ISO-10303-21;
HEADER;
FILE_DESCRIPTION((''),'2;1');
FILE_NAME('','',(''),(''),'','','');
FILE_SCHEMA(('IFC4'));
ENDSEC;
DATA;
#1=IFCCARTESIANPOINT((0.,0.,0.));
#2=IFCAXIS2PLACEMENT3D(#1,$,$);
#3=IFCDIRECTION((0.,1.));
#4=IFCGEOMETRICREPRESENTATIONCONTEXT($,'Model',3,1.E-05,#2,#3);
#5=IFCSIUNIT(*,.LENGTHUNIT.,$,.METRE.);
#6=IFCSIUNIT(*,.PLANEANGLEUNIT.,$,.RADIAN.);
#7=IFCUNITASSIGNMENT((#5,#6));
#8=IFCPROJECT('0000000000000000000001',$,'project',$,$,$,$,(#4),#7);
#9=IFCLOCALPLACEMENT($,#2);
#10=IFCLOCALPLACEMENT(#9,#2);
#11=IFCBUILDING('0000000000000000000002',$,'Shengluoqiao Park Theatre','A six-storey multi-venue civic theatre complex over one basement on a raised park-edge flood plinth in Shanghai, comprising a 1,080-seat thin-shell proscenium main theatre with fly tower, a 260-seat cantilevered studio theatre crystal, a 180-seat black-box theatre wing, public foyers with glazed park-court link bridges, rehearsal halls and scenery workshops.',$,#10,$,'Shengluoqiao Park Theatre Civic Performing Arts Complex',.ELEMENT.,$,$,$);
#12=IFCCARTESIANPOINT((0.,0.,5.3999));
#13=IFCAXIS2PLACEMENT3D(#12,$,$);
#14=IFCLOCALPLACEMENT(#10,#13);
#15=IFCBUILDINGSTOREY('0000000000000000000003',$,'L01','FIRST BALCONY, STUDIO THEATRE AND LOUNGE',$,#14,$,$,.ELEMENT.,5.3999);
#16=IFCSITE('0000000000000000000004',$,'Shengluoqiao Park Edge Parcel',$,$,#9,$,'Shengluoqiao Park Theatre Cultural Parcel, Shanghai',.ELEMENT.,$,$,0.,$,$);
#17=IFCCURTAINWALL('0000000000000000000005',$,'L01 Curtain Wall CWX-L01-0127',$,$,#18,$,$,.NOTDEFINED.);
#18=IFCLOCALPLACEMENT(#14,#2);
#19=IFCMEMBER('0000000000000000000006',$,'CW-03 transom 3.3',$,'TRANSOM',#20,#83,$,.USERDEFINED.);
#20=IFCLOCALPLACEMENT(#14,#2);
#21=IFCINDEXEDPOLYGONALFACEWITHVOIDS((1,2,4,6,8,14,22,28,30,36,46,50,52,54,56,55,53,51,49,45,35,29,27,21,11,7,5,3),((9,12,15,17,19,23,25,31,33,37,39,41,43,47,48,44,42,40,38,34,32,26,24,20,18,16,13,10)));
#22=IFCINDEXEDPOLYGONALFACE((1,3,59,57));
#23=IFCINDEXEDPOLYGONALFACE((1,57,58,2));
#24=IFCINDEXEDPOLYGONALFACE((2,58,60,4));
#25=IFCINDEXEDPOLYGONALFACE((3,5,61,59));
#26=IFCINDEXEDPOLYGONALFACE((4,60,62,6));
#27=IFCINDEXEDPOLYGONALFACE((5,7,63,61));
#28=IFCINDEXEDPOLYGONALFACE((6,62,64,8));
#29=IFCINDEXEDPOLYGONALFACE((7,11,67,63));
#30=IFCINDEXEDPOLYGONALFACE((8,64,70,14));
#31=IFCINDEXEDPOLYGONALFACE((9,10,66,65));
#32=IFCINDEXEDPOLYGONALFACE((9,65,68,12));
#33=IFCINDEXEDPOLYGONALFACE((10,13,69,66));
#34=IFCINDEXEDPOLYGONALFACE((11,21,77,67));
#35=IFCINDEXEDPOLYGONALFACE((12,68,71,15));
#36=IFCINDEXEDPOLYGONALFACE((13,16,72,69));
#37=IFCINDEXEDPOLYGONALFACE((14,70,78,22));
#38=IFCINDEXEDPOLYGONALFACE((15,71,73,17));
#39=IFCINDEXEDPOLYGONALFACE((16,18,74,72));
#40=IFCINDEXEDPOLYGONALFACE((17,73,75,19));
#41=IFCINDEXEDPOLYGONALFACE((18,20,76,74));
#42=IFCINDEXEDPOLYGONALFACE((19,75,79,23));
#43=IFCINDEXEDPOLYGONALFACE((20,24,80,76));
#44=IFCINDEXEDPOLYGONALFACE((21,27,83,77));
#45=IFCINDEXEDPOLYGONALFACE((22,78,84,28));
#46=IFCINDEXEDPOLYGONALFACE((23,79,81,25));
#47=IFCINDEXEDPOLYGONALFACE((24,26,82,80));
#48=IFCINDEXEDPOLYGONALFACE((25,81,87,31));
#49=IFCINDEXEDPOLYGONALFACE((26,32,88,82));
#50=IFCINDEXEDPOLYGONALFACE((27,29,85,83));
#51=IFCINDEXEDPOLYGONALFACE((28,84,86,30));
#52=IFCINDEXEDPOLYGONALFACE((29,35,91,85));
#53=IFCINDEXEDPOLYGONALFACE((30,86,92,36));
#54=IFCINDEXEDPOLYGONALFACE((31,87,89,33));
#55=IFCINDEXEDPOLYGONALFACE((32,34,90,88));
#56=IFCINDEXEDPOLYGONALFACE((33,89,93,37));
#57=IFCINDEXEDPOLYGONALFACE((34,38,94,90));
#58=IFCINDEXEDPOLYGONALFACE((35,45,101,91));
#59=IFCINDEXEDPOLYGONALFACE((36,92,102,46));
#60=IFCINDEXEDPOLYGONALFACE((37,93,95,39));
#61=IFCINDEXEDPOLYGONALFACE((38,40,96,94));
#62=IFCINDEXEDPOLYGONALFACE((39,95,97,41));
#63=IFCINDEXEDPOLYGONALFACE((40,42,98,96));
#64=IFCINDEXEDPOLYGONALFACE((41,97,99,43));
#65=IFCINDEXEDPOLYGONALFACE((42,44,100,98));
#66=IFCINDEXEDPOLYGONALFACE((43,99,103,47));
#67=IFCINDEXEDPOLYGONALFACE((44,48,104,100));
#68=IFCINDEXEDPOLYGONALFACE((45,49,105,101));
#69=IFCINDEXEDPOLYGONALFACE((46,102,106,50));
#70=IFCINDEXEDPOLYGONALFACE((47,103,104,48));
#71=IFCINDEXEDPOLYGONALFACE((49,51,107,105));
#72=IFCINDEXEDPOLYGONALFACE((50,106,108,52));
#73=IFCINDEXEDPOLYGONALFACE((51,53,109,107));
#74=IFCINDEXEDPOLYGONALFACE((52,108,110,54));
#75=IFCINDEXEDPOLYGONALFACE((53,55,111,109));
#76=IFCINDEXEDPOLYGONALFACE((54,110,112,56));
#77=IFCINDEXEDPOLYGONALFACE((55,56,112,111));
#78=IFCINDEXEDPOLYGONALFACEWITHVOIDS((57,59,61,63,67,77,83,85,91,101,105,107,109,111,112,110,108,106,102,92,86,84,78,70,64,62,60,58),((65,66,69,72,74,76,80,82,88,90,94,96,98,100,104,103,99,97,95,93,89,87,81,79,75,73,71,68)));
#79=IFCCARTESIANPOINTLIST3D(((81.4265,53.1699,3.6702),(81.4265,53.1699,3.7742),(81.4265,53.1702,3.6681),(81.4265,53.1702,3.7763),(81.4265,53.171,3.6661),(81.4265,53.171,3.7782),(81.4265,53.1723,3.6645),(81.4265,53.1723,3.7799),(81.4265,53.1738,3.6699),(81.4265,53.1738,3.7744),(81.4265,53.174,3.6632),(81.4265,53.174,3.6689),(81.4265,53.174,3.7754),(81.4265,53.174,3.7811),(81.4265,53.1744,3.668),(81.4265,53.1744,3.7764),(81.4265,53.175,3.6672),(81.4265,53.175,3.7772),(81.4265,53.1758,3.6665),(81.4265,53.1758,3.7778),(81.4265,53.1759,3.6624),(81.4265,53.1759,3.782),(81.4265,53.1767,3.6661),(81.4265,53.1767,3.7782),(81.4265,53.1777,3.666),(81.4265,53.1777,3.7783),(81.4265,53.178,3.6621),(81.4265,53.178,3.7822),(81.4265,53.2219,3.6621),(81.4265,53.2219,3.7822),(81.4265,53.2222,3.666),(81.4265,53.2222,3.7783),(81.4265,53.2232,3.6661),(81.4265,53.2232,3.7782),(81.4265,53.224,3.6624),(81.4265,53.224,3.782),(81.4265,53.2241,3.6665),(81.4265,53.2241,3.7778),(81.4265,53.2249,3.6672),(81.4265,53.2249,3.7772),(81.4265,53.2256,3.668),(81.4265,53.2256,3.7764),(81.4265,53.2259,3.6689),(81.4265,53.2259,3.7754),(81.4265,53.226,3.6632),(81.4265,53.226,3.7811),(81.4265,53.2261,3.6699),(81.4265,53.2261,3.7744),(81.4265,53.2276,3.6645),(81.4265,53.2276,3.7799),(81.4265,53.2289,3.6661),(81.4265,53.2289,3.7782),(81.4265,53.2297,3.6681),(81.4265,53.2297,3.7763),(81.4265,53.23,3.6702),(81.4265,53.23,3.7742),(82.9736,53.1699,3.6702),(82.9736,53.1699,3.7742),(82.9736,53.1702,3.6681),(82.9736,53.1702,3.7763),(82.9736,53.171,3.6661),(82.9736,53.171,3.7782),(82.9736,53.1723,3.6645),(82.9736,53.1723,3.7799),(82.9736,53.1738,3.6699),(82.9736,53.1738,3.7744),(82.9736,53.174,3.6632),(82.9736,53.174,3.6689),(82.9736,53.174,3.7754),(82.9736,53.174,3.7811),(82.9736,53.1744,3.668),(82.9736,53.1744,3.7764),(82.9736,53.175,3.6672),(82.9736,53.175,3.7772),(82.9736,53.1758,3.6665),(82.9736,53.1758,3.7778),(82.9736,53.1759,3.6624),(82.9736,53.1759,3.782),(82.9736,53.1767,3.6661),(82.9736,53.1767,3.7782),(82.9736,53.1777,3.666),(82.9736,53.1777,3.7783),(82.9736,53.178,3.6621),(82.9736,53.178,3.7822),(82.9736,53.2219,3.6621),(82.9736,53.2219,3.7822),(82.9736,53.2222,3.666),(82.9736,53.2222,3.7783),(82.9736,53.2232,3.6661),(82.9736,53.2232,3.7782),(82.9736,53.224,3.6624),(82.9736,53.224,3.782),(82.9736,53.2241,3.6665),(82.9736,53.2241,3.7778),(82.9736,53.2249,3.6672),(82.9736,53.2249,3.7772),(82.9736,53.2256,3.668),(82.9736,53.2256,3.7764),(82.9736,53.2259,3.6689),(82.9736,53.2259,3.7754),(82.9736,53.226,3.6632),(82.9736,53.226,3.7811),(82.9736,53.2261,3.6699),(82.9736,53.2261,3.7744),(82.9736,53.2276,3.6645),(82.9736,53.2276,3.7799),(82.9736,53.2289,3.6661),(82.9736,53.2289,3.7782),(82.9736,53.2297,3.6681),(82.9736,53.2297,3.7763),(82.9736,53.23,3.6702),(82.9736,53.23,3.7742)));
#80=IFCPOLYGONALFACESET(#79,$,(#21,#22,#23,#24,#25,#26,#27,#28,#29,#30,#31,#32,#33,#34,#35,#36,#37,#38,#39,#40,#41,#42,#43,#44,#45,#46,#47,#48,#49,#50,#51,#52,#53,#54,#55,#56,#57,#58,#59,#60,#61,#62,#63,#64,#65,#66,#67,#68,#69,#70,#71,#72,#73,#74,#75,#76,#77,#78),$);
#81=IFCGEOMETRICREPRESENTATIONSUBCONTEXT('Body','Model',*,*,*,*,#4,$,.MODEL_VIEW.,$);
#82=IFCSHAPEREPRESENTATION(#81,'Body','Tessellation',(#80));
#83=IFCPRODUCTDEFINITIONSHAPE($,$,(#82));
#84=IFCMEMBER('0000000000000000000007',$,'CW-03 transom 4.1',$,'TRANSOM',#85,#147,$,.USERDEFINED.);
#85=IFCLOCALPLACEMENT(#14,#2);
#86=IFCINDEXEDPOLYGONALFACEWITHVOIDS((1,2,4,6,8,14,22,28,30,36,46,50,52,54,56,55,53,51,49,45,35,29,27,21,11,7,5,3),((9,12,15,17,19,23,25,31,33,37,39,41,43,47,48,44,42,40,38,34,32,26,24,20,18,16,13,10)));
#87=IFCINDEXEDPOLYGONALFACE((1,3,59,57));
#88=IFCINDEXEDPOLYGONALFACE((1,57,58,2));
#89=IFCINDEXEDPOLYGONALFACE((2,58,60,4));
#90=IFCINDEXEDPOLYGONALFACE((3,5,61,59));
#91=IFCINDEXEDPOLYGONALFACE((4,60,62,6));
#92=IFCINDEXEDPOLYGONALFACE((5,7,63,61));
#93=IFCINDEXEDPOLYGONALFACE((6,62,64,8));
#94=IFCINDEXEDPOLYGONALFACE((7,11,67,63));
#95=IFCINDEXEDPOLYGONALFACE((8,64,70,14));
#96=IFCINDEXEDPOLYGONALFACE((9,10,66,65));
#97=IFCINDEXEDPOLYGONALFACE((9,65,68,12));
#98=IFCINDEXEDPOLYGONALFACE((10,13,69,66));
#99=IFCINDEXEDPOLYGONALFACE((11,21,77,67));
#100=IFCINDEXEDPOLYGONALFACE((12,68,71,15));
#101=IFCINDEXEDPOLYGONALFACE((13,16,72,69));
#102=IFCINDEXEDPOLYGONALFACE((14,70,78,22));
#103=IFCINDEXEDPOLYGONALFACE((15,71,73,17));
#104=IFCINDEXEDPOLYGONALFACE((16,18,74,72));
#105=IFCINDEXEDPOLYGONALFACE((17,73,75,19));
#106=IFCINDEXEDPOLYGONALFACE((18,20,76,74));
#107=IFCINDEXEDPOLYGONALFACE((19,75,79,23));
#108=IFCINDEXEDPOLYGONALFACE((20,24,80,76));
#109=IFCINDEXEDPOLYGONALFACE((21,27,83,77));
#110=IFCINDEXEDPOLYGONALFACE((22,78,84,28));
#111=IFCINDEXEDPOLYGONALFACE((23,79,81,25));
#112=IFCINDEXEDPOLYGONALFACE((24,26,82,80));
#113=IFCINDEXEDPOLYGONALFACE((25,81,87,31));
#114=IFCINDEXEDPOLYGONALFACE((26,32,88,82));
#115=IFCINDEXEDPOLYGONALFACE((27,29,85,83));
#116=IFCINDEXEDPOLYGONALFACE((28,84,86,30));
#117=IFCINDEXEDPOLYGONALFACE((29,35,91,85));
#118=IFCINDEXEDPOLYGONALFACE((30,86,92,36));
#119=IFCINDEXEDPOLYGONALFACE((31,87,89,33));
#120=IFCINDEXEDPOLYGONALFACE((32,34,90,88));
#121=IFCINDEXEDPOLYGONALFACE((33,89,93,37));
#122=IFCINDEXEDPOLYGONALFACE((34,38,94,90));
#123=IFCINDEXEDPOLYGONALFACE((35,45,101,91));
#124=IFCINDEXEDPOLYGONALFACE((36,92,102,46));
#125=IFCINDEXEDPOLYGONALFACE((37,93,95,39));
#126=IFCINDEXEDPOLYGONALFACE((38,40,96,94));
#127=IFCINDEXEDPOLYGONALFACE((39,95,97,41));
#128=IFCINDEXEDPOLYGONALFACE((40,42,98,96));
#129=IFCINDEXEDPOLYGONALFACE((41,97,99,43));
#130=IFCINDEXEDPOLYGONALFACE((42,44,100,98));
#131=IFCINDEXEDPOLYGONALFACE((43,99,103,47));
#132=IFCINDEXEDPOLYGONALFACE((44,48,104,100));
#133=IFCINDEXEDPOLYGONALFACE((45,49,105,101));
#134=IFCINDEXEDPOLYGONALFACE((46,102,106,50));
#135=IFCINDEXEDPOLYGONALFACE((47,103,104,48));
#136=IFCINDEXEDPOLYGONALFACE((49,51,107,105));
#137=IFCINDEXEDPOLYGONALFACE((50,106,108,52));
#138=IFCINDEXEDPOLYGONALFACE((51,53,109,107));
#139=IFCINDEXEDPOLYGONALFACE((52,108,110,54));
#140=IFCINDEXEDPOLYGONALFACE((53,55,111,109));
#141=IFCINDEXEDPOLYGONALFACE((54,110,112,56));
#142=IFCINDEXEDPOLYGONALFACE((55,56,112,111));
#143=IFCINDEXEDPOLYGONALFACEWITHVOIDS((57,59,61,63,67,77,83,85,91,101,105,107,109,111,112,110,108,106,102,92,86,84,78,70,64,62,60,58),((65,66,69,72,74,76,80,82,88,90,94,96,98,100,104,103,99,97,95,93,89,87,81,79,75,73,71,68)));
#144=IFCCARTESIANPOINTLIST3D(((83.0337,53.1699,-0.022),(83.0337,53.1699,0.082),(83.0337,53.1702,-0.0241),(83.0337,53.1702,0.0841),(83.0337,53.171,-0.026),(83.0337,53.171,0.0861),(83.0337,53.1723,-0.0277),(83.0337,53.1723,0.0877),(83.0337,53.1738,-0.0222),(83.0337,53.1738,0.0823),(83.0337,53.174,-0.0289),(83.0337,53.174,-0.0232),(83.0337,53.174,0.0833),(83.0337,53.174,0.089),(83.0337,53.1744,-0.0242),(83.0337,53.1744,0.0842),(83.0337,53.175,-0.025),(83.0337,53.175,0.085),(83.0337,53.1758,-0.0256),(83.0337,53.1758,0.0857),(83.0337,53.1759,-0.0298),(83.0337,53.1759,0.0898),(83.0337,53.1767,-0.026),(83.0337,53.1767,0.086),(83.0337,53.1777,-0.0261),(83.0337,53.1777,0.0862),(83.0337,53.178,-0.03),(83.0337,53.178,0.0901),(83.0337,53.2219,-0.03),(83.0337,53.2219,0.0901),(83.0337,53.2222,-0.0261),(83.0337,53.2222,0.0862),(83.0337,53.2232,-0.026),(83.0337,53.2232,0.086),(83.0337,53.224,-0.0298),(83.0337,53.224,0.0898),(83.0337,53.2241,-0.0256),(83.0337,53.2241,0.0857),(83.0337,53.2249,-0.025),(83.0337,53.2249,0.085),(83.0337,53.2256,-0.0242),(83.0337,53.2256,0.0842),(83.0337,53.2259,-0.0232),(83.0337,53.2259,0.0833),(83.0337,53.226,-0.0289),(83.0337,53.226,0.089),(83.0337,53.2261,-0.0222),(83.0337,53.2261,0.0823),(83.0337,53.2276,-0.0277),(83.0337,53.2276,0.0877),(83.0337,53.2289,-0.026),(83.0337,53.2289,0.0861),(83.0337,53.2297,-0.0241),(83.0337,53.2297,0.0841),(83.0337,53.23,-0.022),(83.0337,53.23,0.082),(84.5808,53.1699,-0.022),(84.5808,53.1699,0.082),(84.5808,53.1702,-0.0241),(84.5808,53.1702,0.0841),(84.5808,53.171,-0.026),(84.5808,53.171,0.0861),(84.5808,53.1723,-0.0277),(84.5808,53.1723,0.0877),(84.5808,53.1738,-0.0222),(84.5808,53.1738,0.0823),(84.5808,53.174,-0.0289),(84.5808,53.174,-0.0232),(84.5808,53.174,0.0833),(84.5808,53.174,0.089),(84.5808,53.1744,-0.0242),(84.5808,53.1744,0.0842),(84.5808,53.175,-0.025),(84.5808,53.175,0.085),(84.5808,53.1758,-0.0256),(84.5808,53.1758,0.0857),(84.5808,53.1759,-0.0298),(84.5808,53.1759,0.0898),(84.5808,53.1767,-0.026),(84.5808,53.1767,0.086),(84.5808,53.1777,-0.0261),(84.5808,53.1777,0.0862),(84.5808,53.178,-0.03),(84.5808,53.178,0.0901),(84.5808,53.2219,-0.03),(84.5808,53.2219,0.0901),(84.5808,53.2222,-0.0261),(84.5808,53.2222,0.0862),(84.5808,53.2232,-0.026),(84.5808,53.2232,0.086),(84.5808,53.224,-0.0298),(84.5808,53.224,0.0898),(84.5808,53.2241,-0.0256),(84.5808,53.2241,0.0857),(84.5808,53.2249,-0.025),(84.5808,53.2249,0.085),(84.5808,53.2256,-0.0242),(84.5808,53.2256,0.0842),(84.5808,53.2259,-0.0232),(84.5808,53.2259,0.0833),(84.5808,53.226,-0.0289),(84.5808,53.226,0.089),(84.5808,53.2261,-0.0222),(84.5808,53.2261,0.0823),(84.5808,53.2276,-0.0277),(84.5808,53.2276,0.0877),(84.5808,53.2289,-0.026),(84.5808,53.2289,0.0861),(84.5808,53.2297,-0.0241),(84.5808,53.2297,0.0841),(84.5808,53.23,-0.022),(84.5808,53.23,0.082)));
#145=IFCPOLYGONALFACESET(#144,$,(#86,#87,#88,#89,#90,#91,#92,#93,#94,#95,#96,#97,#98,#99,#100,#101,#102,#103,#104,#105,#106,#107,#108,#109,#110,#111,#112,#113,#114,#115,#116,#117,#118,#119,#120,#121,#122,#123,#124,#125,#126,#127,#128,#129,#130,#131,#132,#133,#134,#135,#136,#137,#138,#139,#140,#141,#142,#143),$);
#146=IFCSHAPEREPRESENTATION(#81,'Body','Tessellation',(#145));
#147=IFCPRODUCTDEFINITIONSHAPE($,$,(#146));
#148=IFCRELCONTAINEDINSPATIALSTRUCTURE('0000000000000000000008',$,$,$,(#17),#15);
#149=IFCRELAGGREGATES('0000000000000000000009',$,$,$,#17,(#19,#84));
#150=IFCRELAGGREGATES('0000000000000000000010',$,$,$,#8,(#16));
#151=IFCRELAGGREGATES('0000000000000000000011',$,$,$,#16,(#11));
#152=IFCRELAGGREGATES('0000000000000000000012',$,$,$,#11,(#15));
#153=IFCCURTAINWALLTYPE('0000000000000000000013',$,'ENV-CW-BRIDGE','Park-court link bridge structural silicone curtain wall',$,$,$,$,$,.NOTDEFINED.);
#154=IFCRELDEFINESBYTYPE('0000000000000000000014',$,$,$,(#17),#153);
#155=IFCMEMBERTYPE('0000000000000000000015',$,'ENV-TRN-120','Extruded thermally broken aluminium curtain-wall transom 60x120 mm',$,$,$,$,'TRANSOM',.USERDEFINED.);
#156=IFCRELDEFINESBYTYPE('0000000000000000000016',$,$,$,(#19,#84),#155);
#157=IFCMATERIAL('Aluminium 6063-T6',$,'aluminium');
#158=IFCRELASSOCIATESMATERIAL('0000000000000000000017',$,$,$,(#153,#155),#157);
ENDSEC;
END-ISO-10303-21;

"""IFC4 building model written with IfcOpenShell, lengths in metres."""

from ifc_helpers import new_model, si_unit, direction, frame, origin, origin_2d, place, context, subcontext, project, spatial, hollow_rectangle, extrude, material, material_profile, profile_set, type_object, element, aggregate, save


model = new_model("IFC4")

# Units and contexts
model_context = context("Model", 3, precision=1e-05, world=origin(), true_north=direction((0.0, 1.0)))
body_context = subcontext(model_context, "Body", "Model", "MODEL_VIEW")
ifc_project = project(units=[si_unit("LENGTHUNIT", "METRE"), si_unit("PLANEANGLEUNIT", "RADIAN")], contexts=[model_context])

# Site, building, storey
site_placement = place(None, origin())
site = spatial("IfcSite", under=ifc_project, at=site_placement, Name="Shengluoqiao Park Edge Parcel", LongName="Shengluoqiao Park Theatre Cultural Parcel, Shanghai", CompositionType="ELEMENT", RefElevation=0.0)
building_placement = place(site_placement, origin())
building = spatial("IfcBuilding", under=site, at=building_placement, Name="Shengluoqiao Park Theatre", Description="A six-storey multi-venue civic theatre complex over one basement on a raised park-edge flood plinth in Shanghai, comprising a 1,080-seat thin-shell proscenium main theatre with fly tower, a 260-seat cantilevered studio theatre crystal, a 180-seat black-box theatre wing, public foyers with glazed park-court link bridges, rehearsal halls and scenery workshops.", LongName="Shengluoqiao Park Theatre Civic Performing Arts Complex", CompositionType="ELEMENT")
storey_placement = place(building_placement, frame((0.0, 0.0, 5.3999)))
storey = spatial("IfcBuildingStorey", under=building, at=storey_placement, Name="L01", Description="FIRST BALCONY, STUDIO THEATRE AND LOUNGE", CompositionType="ELEMENT", Elevation=5.3999)

# Curtain wall, members
ifc_material_1 = material(Name="Aluminium 6063-T6", Category="aluminium")
curtain_wall_type = type_object("IfcCurtainWallType", Name="ENV-CW-BRIDGE", Description="Park-court link bridge structural silicone curtain wall", PredefinedType="NOTDEFINED", material=ifc_material_1)
curtain_wall_placement = place(storey_placement, origin())
curtain_wall = element("IfcCurtainWall", 1, at=curtain_wall_placement, inside=storey, type_object=curtain_wall_type, Name="L01 Curtain Wall CWX-L01-0127", PredefinedType="NOTDEFINED")
ifc_material_profile_1 = material_profile(ifc_material_1, hollow_rectangle(XDim=0.0601, YDim=0.1201, WallThickness=0.0039, InnerFilletRadius=0.0039, OuterFilletRadius=0.0081, at=origin_2d()), Name="ALU TRANSOM 120x60x4")
ifc_profile_set_1 = profile_set([ifc_material_profile_1], Name="Aluminium 6063-T6")
member_type_1 = type_object("IfcMemberType", Name="ENV-TRN-120", Description="Extruded thermally broken aluminium curtain-wall transom 60x120 mm", ElementType="TRANSOM", PredefinedType="USERDEFINED", material=ifc_profile_set_1)
member_1_placement = place(storey_placement, frame((81.4265, 53.2, 3.7222), z_axis=(1.0, 0.0, 0.0), x_axis=(0.0, 1.0, 0.0)))
member_1 = element("IfcMember", 2, at=member_1_placement, type_object=member_type_1, Name="CW-03 transom 3.3", ObjectType="TRANSOM", PredefinedType="USERDEFINED", context=body_context, shape_type="SweptSolid", body=[
    extrude(hollow_rectangle(XDim=0.0601, YDim=0.1201, WallThickness=0.0039, InnerFilletRadius=0.0039, OuterFilletRadius=0.0081, at=origin_2d()), origin(), (0.0, 0.0, 1.0), 1.5471),
])
member_2_placement = place(storey_placement, frame((83.0337, 53.2, 0.03), z_axis=(1.0, 0.0, 0.0), x_axis=(0.0, 1.0, 0.0)))
member_2 = element("IfcMember", 3, at=member_2_placement, type_object=member_type_1, Name="CW-03 transom 4.1", ObjectType="TRANSOM", PredefinedType="USERDEFINED", context=body_context, shape_type="SweptSolid", body=[
    extrude(hollow_rectangle(XDim=0.0601, YDim=0.1201, WallThickness=0.0039, InnerFilletRadius=0.0039, OuterFilletRadius=0.0081, at=origin_2d()), origin(), (0.0, 0.0, 1.0), 1.5471),
])

aggregate(curtain_wall, [member_1, member_2])

save(model, "model.ifc")
